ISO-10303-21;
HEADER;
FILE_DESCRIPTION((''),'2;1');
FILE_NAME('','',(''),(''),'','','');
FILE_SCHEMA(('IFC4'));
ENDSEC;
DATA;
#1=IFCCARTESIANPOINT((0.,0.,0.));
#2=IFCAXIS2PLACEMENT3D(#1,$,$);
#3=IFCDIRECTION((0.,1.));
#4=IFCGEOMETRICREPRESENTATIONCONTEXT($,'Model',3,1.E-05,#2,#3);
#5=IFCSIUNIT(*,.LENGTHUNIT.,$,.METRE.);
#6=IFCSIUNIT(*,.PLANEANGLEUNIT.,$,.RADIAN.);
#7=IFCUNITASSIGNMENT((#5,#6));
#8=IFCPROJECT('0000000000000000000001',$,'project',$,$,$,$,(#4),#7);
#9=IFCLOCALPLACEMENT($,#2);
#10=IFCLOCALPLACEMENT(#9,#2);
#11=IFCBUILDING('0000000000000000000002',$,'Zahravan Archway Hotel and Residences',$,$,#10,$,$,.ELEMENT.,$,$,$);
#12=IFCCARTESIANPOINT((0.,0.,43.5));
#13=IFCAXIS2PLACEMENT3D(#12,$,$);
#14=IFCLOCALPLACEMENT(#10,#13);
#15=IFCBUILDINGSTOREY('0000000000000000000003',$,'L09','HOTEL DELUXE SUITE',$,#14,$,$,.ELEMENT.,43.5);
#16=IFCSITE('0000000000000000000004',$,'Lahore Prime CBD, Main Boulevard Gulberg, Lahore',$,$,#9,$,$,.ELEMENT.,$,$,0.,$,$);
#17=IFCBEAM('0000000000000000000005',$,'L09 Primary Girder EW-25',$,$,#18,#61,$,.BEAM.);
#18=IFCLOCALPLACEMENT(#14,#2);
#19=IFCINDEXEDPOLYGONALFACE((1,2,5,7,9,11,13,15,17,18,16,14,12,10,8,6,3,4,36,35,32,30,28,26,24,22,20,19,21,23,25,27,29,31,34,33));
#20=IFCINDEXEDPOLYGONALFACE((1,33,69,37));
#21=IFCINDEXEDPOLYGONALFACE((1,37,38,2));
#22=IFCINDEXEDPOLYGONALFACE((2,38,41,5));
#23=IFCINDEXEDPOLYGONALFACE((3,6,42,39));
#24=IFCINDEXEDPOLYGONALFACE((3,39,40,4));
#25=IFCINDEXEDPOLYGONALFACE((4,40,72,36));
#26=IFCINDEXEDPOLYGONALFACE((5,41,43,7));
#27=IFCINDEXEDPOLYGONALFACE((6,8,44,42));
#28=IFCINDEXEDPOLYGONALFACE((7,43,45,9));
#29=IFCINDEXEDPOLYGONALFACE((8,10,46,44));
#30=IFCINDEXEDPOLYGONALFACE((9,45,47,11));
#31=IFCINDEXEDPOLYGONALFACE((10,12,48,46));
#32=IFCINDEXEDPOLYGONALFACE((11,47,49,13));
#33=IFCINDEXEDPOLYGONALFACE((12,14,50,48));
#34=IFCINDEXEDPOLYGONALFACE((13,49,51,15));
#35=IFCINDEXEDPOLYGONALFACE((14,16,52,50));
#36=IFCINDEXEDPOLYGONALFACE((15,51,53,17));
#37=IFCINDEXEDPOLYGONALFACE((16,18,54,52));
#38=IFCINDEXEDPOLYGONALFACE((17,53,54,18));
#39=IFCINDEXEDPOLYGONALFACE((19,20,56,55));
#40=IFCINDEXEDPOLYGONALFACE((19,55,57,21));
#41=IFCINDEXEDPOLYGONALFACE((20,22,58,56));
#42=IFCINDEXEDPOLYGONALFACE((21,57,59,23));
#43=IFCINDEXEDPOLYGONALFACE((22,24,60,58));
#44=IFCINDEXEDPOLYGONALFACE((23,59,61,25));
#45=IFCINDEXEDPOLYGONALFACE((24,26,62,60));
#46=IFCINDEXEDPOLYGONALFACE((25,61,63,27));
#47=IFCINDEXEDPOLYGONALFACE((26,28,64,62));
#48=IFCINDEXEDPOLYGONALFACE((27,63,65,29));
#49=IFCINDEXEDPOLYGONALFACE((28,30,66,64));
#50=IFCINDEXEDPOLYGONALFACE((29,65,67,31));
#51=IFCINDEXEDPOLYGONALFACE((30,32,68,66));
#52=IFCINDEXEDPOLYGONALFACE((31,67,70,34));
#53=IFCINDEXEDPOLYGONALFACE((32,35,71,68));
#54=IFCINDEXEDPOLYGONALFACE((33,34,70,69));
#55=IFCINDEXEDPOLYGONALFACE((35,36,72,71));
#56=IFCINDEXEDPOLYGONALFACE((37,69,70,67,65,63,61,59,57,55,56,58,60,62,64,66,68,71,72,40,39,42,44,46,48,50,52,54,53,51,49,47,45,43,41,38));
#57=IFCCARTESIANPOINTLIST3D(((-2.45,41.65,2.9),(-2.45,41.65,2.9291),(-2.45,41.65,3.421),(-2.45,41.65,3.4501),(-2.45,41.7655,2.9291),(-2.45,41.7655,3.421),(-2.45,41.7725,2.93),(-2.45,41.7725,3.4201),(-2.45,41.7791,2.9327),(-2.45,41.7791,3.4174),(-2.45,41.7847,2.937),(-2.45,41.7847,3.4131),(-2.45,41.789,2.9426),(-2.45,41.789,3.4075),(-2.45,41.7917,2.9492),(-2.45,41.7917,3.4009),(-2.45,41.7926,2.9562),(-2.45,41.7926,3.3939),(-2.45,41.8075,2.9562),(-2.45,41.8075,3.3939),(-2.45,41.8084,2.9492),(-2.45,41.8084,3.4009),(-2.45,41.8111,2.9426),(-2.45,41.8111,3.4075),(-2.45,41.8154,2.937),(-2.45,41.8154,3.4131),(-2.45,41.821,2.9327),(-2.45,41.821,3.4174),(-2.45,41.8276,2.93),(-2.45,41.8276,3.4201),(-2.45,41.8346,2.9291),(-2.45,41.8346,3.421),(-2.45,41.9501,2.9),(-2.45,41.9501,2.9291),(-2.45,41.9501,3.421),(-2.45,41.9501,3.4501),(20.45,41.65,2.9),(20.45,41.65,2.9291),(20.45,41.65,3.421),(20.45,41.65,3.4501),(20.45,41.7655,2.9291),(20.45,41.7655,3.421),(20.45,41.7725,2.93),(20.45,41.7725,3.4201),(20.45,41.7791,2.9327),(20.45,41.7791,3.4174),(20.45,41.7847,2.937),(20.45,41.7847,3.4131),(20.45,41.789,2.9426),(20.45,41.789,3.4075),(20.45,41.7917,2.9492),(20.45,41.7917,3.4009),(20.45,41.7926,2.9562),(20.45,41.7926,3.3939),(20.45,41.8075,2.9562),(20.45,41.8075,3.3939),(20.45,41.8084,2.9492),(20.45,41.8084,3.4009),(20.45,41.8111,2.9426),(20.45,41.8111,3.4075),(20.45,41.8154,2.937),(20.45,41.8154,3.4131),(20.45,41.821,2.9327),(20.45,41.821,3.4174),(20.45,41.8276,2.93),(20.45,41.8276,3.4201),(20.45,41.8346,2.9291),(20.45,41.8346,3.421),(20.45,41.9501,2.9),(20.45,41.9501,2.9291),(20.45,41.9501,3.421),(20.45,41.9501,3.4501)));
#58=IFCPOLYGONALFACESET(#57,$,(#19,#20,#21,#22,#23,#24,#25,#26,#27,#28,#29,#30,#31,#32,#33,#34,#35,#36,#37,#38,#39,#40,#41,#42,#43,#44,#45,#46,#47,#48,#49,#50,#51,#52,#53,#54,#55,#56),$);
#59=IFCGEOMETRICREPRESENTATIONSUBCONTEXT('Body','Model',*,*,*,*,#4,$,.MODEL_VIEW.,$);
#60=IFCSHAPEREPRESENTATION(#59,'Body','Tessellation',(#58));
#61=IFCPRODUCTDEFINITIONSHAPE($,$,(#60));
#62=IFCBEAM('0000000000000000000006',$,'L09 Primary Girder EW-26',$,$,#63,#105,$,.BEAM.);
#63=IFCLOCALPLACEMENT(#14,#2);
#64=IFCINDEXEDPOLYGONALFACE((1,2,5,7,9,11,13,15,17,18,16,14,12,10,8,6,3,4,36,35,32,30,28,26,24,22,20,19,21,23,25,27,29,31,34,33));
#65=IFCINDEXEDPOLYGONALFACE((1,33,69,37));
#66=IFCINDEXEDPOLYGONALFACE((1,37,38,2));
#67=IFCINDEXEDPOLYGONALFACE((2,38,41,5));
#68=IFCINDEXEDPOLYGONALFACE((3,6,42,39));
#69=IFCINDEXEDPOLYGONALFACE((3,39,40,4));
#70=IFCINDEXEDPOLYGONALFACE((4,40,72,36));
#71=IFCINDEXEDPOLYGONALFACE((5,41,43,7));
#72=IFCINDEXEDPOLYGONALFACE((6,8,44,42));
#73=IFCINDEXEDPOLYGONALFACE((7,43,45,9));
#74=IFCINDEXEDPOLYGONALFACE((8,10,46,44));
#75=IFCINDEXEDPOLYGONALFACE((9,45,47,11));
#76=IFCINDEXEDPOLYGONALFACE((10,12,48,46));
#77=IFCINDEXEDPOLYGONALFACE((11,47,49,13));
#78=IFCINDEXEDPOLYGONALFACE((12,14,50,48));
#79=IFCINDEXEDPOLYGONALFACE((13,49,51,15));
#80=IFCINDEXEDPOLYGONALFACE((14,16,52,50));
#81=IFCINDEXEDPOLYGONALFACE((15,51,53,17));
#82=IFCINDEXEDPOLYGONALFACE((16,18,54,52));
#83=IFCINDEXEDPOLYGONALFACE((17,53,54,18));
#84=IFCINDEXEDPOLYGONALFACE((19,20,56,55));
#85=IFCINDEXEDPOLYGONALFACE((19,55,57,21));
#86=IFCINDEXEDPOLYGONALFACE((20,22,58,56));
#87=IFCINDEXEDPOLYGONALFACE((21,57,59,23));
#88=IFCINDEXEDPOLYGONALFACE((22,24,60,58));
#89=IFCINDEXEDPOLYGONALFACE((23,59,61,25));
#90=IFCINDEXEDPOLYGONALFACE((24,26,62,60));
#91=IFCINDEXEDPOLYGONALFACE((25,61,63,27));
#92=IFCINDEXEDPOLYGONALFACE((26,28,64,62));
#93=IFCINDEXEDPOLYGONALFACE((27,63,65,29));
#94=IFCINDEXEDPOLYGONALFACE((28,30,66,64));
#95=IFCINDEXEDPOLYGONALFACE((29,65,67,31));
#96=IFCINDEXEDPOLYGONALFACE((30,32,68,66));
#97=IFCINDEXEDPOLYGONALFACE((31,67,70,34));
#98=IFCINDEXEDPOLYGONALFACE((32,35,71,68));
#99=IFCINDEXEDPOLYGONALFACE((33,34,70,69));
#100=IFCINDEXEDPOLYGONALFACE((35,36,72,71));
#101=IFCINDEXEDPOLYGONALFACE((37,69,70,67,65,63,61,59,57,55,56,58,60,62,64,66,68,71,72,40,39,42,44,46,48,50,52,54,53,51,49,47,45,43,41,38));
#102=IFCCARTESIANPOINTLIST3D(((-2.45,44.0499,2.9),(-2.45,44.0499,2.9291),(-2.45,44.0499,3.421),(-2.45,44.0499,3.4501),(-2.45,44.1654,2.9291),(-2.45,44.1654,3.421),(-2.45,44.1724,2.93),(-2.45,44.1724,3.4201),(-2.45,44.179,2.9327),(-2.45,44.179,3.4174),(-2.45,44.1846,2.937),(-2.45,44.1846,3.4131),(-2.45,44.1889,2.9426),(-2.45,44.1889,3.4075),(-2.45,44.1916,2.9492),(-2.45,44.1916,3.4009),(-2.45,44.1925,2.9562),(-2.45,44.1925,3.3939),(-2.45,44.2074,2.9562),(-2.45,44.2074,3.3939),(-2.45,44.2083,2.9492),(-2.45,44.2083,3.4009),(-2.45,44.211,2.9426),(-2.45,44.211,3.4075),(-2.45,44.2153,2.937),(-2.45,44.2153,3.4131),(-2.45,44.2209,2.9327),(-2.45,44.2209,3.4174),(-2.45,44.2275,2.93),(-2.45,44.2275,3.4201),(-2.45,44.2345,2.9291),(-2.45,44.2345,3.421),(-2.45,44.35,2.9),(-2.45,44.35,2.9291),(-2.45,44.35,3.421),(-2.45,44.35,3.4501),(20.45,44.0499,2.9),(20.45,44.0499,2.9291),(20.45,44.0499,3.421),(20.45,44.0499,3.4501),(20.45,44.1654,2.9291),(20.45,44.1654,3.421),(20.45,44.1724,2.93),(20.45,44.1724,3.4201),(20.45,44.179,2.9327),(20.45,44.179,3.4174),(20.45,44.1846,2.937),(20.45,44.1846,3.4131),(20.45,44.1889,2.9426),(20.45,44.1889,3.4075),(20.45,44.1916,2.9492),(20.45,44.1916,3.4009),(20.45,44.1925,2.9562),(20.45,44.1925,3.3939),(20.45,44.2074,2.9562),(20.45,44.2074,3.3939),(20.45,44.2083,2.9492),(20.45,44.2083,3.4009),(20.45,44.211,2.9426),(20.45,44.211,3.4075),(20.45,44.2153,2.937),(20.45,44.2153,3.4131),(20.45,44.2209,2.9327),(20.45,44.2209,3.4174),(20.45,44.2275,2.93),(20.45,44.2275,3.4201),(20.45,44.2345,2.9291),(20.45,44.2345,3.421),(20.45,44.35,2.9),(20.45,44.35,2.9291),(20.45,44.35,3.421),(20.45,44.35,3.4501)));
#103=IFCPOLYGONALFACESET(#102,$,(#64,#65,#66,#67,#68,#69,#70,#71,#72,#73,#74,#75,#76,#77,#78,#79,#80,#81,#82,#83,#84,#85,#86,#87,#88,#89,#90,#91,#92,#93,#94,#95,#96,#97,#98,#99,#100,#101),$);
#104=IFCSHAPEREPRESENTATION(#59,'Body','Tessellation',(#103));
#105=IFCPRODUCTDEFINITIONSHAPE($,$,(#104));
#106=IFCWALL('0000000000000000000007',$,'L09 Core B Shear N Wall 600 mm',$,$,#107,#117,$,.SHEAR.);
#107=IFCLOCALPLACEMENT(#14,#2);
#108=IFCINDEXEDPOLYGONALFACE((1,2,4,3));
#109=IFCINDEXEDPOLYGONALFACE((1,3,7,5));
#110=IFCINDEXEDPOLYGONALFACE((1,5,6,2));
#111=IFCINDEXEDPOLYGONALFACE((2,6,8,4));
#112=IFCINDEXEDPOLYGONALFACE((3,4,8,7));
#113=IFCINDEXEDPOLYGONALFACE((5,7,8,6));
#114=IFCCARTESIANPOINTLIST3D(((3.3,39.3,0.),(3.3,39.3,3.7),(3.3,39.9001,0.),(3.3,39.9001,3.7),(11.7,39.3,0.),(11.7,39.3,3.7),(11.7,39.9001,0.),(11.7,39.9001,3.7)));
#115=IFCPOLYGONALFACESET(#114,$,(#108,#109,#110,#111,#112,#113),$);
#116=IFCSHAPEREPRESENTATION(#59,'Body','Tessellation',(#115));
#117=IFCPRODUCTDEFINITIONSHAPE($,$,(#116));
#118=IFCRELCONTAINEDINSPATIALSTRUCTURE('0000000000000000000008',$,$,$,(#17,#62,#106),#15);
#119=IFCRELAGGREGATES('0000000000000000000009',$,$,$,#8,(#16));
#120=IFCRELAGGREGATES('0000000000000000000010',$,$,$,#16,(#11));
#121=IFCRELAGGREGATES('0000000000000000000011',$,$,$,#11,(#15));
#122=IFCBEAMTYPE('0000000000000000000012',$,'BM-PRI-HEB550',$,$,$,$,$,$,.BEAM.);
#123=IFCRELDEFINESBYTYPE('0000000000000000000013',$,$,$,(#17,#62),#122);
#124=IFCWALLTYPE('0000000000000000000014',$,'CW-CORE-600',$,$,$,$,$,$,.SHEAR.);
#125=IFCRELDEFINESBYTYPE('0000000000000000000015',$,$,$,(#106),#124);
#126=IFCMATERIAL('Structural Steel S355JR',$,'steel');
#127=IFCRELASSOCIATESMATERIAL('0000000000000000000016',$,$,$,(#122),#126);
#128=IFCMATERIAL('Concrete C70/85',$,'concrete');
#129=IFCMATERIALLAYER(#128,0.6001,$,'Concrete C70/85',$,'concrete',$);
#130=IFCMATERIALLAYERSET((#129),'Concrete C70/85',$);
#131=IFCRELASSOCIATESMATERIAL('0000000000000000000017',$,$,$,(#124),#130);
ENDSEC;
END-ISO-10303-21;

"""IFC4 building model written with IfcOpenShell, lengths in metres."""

from ifc_helpers import new_model, si_unit, direction, frame, frame_2d, origin, origin_2d, place, context, subcontext, project, spatial, rectangle, i_section, extrude, source, transform, mapped, material, layer, layer_set, material_profile, profile_set, type_object, element, save


model = new_model("IFC4")

# Units and contexts
model_context = context("Model", 3, precision=1e-05, world=origin(), true_north=direction((0.0, 1.0)))
body_context = subcontext(model_context, "Body", "Model", "MODEL_VIEW")
ifc_project = project(units=[si_unit("LENGTHUNIT", "METRE"), si_unit("PLANEANGLEUNIT", "RADIAN")], contexts=[model_context])

# Site, building, storey
site_placement = place(None, origin())
site = spatial("IfcSite", under=ifc_project, at=site_placement, Name="Lahore Prime CBD, Main Boulevard Gulberg, Lahore", CompositionType="ELEMENT", RefElevation=0.0)
building_placement = place(site_placement, origin())
building = spatial("IfcBuilding", under=site, at=building_placement, Name="Zahravan Archway Hotel and Residences", CompositionType="ELEMENT")
storey_placement = place(building_placement, frame((0.0, 0.0, 43.5)))
storey = spatial("IfcBuildingStorey", under=building, at=storey_placement, Name="L09", Description="HOTEL DELUXE SUITE", CompositionType="ELEMENT", Elevation=43.5)

# Shared definitions
ifc_material_1 = material(Name="Concrete C70/85", Category="concrete")

# Beams
ifc_material_2 = material(Name="Structural Steel S355JR", Category="steel")
ifc_material_profile_1 = material_profile(ifc_material_2, i_section(OverallWidth=0.3, OverallDepth=0.55, WebThickness=0.0149, FlangeThickness=0.0291, FilletRadius=0.0271, at=origin_2d()), Name="HEB 550", Category="steel")
ifc_profile_set_1 = profile_set([ifc_material_profile_1], Name="Structural Steel S355JR")
beam_type_1 = type_object("IfcBeamType", Name="BM-PRI-HEB550", PredefinedType="BEAM", material=ifc_profile_set_1)
shared_shape_1 = source(origin(), body_context, "Body", "SweptSolid", [
    extrude(i_section(OverallWidth=0.3, OverallDepth=0.55, WebThickness=0.0149, FlangeThickness=0.0291, FilletRadius=0.0271, at=origin_2d()), origin(), (0.0, 0.0, 1.0), 22.8999),
])
for number, where, z_axis, x_axis, name in (
    (1, (-2.45, 41.8, 3.175), (1.0, 0.0, 0.0), (0.0, 1.0, 0.0), "L09 Primary Girder EW-25"),
    (2, (-2.45, 44.2, 3.175), (1.0, 0.0, 0.0), (0.0, 1.0, 0.0), "L09 Primary Girder EW-26"),
):
    element("IfcBeam", number, at=place(storey_placement, frame(where, z_axis=z_axis, x_axis=x_axis)), inside=storey, type_object=beam_type_1, Name=name, PredefinedType="BEAM", context=body_context, shape_type="MappedRepresentation", body=[
        mapped(shared_shape_1, transform((0.0, 0.0, 0.0), scale=1.0)),
    ])

# Wall
ifc_layer_1 = layer(ifc_material_1, 0.6001, Name="Concrete C70/85", Category="concrete")
ifc_layer_set_1 = layer_set([ifc_layer_1], Name="Concrete C70/85")
wall_type_1 = type_object("IfcWallType", Name="CW-CORE-600", PredefinedType="SHEAR", material=ifc_layer_set_1)
wall_1_placement = place(storey_placement, frame((3.3, 39.6001, 0.0), z_axis=(0.0, 0.0, 1.0), x_axis=(1.0, 0.0, 0.0)))
element("IfcWall", 3, at=wall_1_placement, inside=storey, type_object=wall_type_1, Name="L09 Core B Shear N Wall 600 mm", PredefinedType="SHEAR", context=body_context, shape_type="SweptSolid", body=[
    extrude(rectangle(XDim=8.3999, YDim=0.6001, at=frame_2d((4.2, 0.0))), origin(), (0.0, 0.0, 1.0), 3.7),
])

save(model, "model.ifc")
